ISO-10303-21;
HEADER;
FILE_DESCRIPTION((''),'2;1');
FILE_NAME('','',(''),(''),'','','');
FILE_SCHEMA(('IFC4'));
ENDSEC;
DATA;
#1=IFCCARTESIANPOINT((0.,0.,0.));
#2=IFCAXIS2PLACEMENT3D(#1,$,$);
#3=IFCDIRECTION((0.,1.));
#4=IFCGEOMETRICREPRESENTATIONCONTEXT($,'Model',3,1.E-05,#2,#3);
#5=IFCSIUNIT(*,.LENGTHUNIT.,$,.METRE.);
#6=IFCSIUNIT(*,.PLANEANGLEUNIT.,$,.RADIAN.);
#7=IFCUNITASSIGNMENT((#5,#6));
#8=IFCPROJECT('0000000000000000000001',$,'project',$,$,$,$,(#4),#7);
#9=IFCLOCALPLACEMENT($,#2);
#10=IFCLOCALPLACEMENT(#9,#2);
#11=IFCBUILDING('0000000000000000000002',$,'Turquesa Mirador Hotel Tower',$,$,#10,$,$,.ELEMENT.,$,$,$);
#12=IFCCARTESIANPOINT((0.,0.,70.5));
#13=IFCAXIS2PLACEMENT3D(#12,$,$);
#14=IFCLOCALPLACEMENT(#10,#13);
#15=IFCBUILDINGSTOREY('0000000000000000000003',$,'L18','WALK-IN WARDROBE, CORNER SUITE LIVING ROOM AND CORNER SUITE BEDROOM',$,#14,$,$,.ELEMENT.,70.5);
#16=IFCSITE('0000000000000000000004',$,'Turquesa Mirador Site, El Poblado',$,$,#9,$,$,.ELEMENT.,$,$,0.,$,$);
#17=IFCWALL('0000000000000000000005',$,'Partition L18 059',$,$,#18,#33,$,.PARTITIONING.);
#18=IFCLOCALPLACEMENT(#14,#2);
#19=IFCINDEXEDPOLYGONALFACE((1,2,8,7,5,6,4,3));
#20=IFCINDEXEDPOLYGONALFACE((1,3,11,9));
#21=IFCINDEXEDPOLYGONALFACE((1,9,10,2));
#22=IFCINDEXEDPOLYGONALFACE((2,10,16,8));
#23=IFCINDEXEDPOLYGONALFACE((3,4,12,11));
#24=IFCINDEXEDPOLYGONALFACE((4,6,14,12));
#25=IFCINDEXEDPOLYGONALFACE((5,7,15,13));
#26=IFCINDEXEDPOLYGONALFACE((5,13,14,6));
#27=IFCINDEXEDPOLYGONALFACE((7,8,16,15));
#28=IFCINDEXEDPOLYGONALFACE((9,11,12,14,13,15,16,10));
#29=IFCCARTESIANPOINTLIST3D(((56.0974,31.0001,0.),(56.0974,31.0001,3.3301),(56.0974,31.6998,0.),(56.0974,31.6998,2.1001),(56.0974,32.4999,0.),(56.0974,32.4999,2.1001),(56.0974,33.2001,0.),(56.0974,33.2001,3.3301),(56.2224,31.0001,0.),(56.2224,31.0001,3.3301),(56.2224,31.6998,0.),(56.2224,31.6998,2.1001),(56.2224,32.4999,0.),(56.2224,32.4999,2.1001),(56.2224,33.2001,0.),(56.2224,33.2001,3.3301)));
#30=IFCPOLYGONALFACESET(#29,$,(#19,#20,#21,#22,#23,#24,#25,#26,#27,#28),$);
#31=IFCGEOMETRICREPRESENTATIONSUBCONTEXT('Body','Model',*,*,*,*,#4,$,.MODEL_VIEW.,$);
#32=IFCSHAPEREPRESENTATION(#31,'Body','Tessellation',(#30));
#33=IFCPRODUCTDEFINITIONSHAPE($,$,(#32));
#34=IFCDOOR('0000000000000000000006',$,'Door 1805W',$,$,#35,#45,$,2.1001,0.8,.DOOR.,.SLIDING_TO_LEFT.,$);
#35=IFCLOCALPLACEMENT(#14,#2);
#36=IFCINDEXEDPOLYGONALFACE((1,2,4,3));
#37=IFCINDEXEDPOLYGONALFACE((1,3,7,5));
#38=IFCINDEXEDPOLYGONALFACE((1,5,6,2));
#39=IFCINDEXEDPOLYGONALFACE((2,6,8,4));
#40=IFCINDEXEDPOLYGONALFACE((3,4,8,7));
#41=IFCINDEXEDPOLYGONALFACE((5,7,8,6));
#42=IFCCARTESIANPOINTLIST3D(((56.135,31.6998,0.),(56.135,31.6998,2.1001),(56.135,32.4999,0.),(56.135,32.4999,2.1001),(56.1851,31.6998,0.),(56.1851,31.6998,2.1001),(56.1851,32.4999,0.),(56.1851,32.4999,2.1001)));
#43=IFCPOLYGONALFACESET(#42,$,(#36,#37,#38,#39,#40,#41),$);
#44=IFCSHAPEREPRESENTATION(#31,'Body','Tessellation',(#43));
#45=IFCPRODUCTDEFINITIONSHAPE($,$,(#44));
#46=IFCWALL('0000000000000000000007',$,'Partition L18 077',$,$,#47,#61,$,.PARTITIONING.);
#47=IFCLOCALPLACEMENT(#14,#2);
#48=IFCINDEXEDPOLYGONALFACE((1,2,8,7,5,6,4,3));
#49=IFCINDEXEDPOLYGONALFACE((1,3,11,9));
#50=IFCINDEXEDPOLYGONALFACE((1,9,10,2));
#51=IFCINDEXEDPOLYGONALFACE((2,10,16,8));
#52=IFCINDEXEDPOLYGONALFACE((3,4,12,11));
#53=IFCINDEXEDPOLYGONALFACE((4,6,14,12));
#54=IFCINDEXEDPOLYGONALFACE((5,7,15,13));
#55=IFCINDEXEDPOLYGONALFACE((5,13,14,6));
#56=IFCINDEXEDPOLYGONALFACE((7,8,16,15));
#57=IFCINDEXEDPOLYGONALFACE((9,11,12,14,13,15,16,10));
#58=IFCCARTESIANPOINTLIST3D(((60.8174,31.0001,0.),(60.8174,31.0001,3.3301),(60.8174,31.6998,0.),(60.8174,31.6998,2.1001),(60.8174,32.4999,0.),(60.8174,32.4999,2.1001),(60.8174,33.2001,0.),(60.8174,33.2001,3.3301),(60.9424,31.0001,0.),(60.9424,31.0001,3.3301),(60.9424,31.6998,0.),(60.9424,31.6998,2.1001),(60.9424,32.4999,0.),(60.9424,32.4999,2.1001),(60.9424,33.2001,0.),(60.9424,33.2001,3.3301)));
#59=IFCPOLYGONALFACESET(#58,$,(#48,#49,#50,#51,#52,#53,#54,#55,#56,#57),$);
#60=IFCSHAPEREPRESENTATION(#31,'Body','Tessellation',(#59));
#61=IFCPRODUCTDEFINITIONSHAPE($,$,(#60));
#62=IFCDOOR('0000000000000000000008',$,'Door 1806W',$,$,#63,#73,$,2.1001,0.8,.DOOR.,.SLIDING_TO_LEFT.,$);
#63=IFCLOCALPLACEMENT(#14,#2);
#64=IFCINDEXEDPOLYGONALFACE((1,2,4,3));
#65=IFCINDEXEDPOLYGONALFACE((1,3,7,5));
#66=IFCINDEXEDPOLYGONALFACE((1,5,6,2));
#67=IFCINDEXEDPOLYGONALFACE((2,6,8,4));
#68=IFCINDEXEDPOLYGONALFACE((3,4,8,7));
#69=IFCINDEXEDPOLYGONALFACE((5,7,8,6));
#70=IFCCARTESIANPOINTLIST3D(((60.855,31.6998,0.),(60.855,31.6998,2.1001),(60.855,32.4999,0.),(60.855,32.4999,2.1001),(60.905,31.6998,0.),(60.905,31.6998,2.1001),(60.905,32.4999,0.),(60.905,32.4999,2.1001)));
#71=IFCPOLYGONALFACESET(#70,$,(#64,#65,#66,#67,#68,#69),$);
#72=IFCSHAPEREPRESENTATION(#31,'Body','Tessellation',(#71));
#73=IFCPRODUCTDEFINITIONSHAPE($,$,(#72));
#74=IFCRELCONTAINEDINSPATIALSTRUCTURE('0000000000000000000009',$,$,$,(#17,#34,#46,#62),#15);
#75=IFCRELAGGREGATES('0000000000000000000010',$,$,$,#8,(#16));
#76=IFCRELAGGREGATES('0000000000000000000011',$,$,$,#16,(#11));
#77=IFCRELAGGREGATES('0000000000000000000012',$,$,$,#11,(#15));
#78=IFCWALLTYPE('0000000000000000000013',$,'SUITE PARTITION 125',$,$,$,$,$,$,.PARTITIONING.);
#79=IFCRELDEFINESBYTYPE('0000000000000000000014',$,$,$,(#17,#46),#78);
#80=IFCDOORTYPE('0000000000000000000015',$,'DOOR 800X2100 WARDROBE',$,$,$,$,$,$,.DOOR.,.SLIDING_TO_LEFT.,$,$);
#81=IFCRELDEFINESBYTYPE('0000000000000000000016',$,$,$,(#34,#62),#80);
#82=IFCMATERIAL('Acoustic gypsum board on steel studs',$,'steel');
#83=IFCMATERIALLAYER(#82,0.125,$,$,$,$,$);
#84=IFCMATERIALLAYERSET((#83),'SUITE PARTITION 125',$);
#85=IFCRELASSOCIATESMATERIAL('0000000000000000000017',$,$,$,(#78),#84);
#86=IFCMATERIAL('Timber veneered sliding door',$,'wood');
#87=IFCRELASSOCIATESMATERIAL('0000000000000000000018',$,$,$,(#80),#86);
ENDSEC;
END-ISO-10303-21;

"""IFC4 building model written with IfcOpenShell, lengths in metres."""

from ifc_helpers import new_model, si_unit, direction, frame, frame_2d, origin, place, context, subcontext, project, spatial, rectangle, extrude, material, layer, layer_set, type_object, element, fill, save


model = new_model("IFC4")

# Units and contexts
model_context = context("Model", 3, precision=1e-05, world=origin(), true_north=direction((0.0, 1.0)))
body_context = subcontext(model_context, "Body", "Model", "MODEL_VIEW")
ifc_project = project(units=[si_unit("LENGTHUNIT", "METRE"), si_unit("PLANEANGLEUNIT", "RADIAN")], contexts=[model_context])

# Site, building, storey
site_placement = place(None, origin())
site = spatial("IfcSite", under=ifc_project, at=site_placement, Name="Turquesa Mirador Site, El Poblado", CompositionType="ELEMENT", RefElevation=0.0)
building_placement = place(site_placement, origin())
building = spatial("IfcBuilding", under=site, at=building_placement, Name="Turquesa Mirador Hotel Tower", CompositionType="ELEMENT")
storey_placement = place(building_placement, frame((0.0, 0.0, 70.5)))
storey = spatial("IfcBuildingStorey", under=building, at=storey_placement, Name="L18", Description="WALK-IN WARDROBE, CORNER SUITE LIVING ROOM AND CORNER SUITE BEDROOM", CompositionType="ELEMENT", Elevation=70.5)

# Shared definitions
ifc_material_1 = material(Name="Acoustic gypsum board on steel studs", Category="steel")
ifc_layer_1 = layer(ifc_material_1, 0.125)
ifc_layer_set_1 = layer_set([ifc_layer_1], Name="SUITE PARTITION 125")
wall_type_1 = type_object("IfcWallType", Name="SUITE PARTITION 125", PredefinedType="PARTITIONING", material=ifc_layer_set_1)

# Walls, openings, doors
wall_1_placement = place(storey_placement, frame((56.1599, 31.0, 0.0), z_axis=(0.0, 0.0, 1.0), x_axis=(0.0, 1.0, 0.0)))
wall_1 = element("IfcWall", 1, at=wall_1_placement, inside=storey, type_object=wall_type_1, Name="Partition L18 059", PredefinedType="PARTITIONING", context=body_context, shape_type="SweptSolid", body=[
    extrude(rectangle(XDim=2.2, YDim=0.125, at=frame_2d((1.1001, 0.0))), origin(), (0.0, 0.0, 1.0), 3.3301),
])
opening_1_placement = place(wall_1_placement, frame((0.7, 0.0, 0.0)))
opening_1 = element("IfcOpeningElement", 2, at=opening_1_placement, cuts=wall_1, PredefinedType="OPENING", context=body_context, shape_type="SweptSolid", body=[
    extrude(rectangle(XDim=0.8, YDim=2.1001, at=frame_2d((0.3999, 1.05))), frame((0.0, 0.0725, 0.0), z_axis=(0.0, -1.0, 0.0), x_axis=(1.0, 0.0, 0.0)), (0.0, 0.0, 1.0), 0.145),
])
ifc_material_2 = material(Name="Timber veneered sliding door", Category="wood")
door_type_1 = type_object("IfcDoorType", Name="DOOR 800X2100 WARDROBE", OperationType="SLIDING_TO_LEFT", PredefinedType="DOOR", material=ifc_material_2)
door_1_placement = place(opening_1_placement, origin())
door_1 = element("IfcDoor", 3, at=door_1_placement, inside=storey, type_object=door_type_1, Name="Door 1805W", OperationType="SLIDING_TO_LEFT", OverallHeight=2.1001, OverallWidth=0.8, PredefinedType="DOOR", context=body_context, shape_type="SweptSolid", body=[
    extrude(rectangle(XDim=0.8, YDim=2.1001, at=frame_2d((0.3999, 1.05))), frame((0.0, 0.0249, 0.0), z_axis=(0.0, -1.0, 0.0), x_axis=(1.0, 0.0, 0.0)), (0.0, 0.0, 1.0), 0.05),
])
fill(opening_1, door_1)
wall_2_placement = place(storey_placement, frame((60.8799, 31.0, 0.0), z_axis=(0.0, 0.0, 1.0), x_axis=(0.0, 1.0, 0.0)))
wall_2 = element("IfcWall", 4, at=wall_2_placement, inside=storey, type_object=wall_type_1, Name="Partition L18 077", PredefinedType="PARTITIONING", context=body_context, shape_type="SweptSolid", body=[
    extrude(rectangle(XDim=2.2, YDim=0.125, at=frame_2d((1.1001, 0.0))), origin(), (0.0, 0.0, 1.0), 3.3301),
])
opening_2_placement = place(wall_2_placement, frame((0.7, 0.0, 0.0)))
opening_2 = element("IfcOpeningElement", 5, at=opening_2_placement, cuts=wall_2, PredefinedType="OPENING", context=body_context, shape_type="SweptSolid", body=[
    extrude(rectangle(XDim=0.8, YDim=2.1001, at=frame_2d((0.3999, 1.05))), frame((0.0, 0.0725, 0.0), z_axis=(0.0, -1.0, 0.0), x_axis=(1.0, 0.0, 0.0)), (0.0, 0.0, 1.0), 0.145),
])
door_2_placement = place(opening_2_placement, origin())
door_2 = element("IfcDoor", 6, at=door_2_placement, inside=storey, type_object=door_type_1, Name="Door 1806W", OperationType="SLIDING_TO_LEFT", OverallHeight=2.1001, OverallWidth=0.8, PredefinedType="DOOR", context=body_context, shape_type="SweptSolid", body=[
    extrude(rectangle(XDim=0.8, YDim=2.1001, at=frame_2d((0.3999, 1.05))), frame((0.0, 0.0249, 0.0), z_axis=(0.0, -1.0, 0.0), x_axis=(1.0, 0.0, 0.0)), (0.0, 0.0, 1.0), 0.05),
])
fill(opening_2, door_2)

save(model, "model.ifc")
